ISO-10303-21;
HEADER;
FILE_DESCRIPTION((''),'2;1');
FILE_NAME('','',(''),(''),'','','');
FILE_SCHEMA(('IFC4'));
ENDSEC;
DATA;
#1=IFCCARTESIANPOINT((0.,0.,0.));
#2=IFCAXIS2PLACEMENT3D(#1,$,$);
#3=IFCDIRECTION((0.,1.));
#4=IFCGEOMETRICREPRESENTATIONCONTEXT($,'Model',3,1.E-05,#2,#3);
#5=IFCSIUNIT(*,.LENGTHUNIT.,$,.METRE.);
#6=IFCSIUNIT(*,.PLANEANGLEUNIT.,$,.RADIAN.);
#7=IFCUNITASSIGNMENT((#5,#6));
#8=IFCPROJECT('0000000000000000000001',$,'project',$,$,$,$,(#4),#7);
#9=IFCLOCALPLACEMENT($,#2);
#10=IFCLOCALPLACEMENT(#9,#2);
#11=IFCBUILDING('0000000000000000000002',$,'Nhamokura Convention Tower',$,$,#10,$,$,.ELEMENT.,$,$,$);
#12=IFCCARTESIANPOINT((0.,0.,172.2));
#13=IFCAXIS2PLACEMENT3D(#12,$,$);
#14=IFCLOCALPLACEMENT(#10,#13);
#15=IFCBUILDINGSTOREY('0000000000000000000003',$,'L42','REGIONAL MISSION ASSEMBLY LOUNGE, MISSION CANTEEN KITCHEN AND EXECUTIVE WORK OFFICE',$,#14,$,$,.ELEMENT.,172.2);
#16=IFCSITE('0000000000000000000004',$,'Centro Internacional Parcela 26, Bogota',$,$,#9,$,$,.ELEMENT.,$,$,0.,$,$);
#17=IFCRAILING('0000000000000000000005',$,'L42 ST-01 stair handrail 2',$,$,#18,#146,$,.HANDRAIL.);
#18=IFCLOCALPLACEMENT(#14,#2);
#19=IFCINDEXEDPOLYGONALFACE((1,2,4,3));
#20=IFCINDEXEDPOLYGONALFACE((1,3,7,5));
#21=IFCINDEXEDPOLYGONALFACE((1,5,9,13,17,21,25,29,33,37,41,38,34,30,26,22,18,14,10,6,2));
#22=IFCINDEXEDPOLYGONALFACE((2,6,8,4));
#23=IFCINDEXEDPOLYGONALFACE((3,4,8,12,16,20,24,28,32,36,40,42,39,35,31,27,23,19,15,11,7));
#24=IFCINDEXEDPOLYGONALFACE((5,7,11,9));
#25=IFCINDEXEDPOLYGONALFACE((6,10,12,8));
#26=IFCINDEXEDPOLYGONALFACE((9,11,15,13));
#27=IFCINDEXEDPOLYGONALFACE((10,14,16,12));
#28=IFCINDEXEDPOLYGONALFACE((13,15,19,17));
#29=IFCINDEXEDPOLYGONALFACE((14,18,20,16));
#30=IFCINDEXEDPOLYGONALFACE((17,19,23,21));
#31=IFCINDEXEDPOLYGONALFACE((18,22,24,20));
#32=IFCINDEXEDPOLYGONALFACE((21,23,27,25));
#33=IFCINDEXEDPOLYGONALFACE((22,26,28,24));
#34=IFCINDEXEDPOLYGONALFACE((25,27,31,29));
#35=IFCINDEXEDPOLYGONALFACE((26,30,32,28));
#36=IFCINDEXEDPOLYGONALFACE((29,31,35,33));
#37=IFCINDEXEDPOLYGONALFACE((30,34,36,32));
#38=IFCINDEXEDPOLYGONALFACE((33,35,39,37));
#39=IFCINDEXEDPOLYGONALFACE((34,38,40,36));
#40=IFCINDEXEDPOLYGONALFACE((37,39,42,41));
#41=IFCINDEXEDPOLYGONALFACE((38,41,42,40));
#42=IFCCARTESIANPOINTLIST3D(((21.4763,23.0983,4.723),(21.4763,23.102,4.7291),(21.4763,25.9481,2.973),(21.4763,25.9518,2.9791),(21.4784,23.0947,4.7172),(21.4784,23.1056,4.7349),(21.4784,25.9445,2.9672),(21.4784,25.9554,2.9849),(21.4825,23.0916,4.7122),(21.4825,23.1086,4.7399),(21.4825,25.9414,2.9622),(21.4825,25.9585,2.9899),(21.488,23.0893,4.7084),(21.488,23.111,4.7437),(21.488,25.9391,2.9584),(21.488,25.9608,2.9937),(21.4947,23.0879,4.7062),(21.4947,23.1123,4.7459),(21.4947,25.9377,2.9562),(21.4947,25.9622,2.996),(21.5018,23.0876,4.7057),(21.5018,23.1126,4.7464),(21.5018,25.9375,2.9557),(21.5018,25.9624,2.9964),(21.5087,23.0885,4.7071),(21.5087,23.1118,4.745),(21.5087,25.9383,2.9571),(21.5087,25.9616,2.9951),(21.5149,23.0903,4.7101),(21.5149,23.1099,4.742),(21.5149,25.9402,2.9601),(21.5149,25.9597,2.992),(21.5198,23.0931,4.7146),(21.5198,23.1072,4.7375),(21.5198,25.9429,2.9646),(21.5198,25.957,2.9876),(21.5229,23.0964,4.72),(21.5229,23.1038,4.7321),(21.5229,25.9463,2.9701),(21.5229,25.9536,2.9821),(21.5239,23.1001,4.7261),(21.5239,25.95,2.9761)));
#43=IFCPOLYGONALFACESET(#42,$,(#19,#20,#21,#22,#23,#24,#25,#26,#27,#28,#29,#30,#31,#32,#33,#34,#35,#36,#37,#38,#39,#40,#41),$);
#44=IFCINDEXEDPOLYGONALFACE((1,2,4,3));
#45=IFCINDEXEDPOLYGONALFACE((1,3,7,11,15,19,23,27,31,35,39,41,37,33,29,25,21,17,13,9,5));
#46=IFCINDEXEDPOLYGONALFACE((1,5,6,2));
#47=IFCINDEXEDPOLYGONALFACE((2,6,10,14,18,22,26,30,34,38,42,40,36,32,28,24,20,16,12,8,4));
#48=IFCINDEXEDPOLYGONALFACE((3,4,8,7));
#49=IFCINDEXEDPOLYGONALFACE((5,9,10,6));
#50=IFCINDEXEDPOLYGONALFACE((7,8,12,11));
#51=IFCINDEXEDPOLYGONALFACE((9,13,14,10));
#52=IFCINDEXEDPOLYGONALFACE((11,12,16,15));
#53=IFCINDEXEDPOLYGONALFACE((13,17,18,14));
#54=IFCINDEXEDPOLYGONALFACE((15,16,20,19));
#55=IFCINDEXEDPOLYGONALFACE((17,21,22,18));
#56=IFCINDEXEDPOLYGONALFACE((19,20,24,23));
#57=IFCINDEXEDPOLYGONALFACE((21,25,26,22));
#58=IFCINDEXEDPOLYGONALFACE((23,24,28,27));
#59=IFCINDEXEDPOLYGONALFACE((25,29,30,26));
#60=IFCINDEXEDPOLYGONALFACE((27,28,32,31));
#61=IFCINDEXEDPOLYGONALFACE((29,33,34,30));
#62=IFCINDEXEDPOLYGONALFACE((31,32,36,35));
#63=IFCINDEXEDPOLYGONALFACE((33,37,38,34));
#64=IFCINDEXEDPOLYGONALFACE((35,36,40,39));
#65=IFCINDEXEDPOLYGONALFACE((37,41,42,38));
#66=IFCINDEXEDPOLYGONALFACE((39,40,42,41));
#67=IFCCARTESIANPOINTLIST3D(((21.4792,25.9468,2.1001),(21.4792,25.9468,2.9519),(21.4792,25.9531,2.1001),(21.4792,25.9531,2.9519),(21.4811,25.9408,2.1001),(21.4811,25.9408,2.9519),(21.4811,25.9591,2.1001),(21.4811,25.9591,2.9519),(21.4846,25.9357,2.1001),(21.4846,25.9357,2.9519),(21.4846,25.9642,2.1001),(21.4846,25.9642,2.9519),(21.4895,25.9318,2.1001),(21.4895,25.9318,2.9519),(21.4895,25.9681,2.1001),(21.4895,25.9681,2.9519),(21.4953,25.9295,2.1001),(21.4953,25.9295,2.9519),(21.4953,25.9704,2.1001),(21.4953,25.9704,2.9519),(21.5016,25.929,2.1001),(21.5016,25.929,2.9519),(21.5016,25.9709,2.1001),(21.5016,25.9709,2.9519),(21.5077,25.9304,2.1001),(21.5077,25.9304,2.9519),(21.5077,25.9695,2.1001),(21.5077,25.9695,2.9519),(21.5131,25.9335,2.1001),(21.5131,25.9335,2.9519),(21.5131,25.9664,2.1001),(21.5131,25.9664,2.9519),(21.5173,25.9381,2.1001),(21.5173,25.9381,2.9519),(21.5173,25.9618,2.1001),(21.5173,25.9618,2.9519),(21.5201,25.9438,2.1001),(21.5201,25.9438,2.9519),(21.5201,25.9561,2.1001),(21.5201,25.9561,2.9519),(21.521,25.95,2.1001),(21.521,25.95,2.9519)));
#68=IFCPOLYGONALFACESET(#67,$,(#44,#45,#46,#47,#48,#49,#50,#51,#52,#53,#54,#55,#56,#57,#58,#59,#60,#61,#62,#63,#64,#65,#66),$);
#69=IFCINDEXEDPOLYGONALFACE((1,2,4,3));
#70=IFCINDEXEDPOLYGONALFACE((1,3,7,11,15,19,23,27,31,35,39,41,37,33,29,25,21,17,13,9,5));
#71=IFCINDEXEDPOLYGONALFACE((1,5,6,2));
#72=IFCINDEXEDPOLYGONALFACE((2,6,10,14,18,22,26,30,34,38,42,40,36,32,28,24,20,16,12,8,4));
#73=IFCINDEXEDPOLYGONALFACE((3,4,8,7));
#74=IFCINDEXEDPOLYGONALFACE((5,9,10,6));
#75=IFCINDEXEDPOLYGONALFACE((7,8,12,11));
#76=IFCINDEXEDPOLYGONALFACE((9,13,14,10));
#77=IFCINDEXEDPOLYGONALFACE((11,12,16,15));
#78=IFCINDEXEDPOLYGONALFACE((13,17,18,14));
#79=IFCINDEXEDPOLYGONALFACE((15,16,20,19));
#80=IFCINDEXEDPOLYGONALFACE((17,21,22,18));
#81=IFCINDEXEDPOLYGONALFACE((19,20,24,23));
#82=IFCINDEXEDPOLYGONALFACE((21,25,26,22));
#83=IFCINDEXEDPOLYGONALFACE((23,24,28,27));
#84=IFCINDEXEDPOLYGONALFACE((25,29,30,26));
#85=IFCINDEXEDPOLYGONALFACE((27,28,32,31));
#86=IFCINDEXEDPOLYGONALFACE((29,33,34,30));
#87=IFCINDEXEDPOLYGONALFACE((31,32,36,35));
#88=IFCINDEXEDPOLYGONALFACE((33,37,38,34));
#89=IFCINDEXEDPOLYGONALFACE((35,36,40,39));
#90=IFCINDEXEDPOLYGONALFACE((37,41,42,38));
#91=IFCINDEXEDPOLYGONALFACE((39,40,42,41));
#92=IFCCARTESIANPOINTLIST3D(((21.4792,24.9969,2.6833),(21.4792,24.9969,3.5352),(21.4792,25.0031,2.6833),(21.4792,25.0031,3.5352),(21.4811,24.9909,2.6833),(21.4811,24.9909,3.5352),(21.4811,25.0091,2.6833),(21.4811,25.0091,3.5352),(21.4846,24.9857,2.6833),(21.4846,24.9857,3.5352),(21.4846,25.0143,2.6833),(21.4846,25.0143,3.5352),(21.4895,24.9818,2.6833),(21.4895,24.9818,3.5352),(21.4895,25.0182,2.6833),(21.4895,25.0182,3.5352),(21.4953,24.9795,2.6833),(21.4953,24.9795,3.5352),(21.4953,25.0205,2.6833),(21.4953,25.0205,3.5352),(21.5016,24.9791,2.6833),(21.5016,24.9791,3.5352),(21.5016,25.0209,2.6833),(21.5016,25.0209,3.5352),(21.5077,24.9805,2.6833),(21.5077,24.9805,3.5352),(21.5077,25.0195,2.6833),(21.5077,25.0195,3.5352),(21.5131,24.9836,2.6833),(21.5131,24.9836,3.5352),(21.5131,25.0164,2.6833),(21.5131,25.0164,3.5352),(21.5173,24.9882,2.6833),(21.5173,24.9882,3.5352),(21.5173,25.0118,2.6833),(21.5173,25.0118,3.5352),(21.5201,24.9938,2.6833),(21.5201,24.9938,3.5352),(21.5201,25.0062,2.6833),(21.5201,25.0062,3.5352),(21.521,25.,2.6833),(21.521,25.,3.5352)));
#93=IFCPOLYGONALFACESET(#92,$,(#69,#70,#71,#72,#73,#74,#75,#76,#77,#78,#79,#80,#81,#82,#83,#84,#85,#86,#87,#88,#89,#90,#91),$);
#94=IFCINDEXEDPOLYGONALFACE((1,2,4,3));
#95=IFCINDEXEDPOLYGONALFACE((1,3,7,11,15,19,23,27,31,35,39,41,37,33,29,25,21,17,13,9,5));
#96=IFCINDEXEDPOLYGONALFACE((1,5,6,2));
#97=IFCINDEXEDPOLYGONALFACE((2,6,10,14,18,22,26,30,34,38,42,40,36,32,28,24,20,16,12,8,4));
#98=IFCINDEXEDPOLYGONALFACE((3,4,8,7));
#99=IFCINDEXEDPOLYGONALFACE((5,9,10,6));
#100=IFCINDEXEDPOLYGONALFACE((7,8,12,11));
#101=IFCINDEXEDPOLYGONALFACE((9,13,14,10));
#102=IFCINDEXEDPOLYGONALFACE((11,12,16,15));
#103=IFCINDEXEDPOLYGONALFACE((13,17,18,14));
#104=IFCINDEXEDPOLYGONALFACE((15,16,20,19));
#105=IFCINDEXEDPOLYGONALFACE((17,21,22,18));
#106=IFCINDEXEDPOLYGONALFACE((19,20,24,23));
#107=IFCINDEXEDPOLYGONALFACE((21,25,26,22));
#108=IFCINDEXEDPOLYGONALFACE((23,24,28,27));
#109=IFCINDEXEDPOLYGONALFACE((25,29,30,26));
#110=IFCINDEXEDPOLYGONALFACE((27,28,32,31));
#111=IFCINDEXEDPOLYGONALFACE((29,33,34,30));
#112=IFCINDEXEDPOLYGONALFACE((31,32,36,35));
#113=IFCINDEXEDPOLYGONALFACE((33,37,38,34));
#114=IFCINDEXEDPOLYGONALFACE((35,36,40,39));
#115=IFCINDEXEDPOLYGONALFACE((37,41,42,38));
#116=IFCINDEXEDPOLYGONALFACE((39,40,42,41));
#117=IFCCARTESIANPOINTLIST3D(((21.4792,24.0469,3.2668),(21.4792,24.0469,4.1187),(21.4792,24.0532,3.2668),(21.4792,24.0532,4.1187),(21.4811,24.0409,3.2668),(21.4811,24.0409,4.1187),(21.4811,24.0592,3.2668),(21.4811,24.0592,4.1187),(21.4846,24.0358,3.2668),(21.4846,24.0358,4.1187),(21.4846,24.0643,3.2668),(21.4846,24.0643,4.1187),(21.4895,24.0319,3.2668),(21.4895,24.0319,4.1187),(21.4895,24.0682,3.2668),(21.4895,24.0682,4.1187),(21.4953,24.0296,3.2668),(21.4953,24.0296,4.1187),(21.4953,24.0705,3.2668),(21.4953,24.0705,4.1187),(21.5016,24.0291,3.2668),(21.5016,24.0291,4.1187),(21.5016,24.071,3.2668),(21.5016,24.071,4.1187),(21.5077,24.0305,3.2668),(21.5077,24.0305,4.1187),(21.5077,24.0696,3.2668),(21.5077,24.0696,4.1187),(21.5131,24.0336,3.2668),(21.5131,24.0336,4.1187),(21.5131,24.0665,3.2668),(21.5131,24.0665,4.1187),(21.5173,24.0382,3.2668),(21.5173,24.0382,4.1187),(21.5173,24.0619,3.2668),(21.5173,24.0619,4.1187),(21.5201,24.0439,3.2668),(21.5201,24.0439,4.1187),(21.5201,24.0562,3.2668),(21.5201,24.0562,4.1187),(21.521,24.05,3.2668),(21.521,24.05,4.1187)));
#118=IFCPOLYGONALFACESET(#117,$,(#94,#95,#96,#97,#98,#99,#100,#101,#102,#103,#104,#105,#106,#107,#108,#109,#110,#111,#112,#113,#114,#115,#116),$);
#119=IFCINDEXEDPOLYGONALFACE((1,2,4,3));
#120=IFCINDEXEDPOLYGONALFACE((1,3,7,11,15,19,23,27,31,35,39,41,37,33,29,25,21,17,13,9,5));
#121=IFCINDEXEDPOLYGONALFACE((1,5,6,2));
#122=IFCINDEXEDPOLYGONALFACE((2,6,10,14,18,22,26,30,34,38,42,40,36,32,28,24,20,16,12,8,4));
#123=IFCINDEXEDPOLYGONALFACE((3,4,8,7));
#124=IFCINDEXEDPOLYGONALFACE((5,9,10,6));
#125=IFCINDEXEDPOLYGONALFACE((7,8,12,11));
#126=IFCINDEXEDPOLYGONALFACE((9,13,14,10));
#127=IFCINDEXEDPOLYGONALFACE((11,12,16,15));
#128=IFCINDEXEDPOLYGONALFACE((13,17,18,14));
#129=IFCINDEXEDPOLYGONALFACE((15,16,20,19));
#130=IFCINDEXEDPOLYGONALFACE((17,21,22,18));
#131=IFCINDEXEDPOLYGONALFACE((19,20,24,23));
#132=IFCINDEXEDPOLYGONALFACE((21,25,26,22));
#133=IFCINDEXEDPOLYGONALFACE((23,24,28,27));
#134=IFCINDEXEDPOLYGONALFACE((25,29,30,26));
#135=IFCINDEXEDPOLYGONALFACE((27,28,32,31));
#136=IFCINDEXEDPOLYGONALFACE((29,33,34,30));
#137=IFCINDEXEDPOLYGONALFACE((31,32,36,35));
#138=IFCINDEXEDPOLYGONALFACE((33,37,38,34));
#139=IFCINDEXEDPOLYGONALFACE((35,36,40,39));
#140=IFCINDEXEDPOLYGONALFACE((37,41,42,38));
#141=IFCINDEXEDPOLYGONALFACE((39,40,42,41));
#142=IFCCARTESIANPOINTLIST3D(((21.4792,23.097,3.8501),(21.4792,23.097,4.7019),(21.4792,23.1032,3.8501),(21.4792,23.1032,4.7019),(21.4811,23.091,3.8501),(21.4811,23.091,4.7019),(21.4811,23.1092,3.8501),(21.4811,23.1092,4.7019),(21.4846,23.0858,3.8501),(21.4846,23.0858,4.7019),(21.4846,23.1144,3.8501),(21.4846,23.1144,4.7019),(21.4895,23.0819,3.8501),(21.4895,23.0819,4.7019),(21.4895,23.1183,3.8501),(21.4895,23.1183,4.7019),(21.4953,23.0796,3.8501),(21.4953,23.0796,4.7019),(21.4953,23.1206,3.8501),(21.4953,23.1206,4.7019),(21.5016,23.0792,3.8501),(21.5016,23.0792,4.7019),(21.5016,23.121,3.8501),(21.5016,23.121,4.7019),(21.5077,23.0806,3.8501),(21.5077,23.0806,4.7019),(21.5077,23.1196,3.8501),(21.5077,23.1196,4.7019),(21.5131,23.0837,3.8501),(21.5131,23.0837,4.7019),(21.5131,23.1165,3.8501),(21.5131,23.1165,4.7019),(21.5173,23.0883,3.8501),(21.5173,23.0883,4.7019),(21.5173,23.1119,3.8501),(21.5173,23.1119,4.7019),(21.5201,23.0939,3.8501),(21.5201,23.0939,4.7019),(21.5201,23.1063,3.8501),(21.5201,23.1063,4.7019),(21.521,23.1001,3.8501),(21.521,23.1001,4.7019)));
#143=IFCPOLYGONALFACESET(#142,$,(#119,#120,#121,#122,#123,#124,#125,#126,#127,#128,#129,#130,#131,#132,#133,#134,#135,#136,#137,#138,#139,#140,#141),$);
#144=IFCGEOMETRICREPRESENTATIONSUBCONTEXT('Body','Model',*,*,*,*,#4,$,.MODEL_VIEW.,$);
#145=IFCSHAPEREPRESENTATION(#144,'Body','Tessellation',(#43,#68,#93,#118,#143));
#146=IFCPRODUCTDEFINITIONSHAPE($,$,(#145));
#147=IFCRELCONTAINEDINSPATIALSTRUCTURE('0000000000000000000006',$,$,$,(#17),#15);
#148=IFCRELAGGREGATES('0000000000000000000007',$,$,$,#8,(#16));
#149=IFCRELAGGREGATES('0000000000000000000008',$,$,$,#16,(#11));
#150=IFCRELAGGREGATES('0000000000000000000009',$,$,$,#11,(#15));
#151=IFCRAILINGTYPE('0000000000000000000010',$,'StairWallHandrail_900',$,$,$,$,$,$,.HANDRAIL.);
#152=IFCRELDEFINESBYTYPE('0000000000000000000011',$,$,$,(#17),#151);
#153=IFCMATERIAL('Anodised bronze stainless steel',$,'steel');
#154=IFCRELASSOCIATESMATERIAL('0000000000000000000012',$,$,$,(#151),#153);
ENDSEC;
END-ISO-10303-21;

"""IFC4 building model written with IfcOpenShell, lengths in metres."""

from ifc_helpers import new_model, si_unit, direction, frame, origin, origin_2d, place, context, subcontext, project, spatial, circle, extrude, material, type_object, element, save


model = new_model("IFC4")

# Units and contexts
model_context = context("Model", 3, precision=1e-05, world=origin(), true_north=direction((0.0, 1.0)))
body_context = subcontext(model_context, "Body", "Model", "MODEL_VIEW")
ifc_project = project(units=[si_unit("LENGTHUNIT", "METRE"), si_unit("PLANEANGLEUNIT", "RADIAN")], contexts=[model_context])

# Site, building, storey
site_placement = place(None, origin())
site = spatial("IfcSite", under=ifc_project, at=site_placement, Name="Centro Internacional Parcela 26, Bogota", CompositionType="ELEMENT", RefElevation=0.0)
building_placement = place(site_placement, origin())
building = spatial("IfcBuilding", under=site, at=building_placement, Name="Nhamokura Convention Tower", CompositionType="ELEMENT")
storey_placement = place(building_placement, frame((0.0, 0.0, 172.2)))
storey = spatial("IfcBuildingStorey", under=building, at=storey_placement, Name="L42", Description="REGIONAL MISSION ASSEMBLY LOUNGE, MISSION CANTEEN KITCHEN AND EXECUTIVE WORK OFFICE", CompositionType="ELEMENT", Elevation=172.2)

# Railing
ifc_material_1 = material(Name="Anodised bronze stainless steel", Category="steel")
railing_type_1 = type_object("IfcRailingType", Name="StairWallHandrail_900", PredefinedType="HANDRAIL", material=ifc_material_1)
railing_1_placement = place(storey_placement, frame((21.5, 25.95, 2.1001)))
element("IfcRailing", 1, at=railing_1_placement, inside=storey, type_object=railing_type_1, Name="L42 ST-01 stair handrail 2", PredefinedType="HANDRAIL", context=body_context, shape_type="SweptSolid", body=[
    extrude(circle(Radius=0.0239, at=origin_2d()), frame((0.0, 0.0, 0.876), z_axis=(0.0, -0.852159, 0.523283), x_axis=(1.0, 0.0, 0.0)), (0.0, 0.0, 1.0), 3.3442),
    extrude(circle(Radius=0.021, at=origin_2d()), origin(), (0.0, 0.0, 1.0), 0.8518),
    extrude(circle(Radius=0.021, at=origin_2d()), frame((0.0, -0.95, 0.5833)), (0.0, 0.0, 1.0), 0.8518),
    extrude(circle(Radius=0.021, at=origin_2d()), frame((0.0, -1.8999, 1.1667)), (0.0, 0.0, 1.0), 0.8518),
    extrude(circle(Radius=0.021, at=origin_2d()), frame((0.0, -2.8499, 1.75)), (0.0, 0.0, 1.0), 0.8518),
])

save(model, "model.ifc")
